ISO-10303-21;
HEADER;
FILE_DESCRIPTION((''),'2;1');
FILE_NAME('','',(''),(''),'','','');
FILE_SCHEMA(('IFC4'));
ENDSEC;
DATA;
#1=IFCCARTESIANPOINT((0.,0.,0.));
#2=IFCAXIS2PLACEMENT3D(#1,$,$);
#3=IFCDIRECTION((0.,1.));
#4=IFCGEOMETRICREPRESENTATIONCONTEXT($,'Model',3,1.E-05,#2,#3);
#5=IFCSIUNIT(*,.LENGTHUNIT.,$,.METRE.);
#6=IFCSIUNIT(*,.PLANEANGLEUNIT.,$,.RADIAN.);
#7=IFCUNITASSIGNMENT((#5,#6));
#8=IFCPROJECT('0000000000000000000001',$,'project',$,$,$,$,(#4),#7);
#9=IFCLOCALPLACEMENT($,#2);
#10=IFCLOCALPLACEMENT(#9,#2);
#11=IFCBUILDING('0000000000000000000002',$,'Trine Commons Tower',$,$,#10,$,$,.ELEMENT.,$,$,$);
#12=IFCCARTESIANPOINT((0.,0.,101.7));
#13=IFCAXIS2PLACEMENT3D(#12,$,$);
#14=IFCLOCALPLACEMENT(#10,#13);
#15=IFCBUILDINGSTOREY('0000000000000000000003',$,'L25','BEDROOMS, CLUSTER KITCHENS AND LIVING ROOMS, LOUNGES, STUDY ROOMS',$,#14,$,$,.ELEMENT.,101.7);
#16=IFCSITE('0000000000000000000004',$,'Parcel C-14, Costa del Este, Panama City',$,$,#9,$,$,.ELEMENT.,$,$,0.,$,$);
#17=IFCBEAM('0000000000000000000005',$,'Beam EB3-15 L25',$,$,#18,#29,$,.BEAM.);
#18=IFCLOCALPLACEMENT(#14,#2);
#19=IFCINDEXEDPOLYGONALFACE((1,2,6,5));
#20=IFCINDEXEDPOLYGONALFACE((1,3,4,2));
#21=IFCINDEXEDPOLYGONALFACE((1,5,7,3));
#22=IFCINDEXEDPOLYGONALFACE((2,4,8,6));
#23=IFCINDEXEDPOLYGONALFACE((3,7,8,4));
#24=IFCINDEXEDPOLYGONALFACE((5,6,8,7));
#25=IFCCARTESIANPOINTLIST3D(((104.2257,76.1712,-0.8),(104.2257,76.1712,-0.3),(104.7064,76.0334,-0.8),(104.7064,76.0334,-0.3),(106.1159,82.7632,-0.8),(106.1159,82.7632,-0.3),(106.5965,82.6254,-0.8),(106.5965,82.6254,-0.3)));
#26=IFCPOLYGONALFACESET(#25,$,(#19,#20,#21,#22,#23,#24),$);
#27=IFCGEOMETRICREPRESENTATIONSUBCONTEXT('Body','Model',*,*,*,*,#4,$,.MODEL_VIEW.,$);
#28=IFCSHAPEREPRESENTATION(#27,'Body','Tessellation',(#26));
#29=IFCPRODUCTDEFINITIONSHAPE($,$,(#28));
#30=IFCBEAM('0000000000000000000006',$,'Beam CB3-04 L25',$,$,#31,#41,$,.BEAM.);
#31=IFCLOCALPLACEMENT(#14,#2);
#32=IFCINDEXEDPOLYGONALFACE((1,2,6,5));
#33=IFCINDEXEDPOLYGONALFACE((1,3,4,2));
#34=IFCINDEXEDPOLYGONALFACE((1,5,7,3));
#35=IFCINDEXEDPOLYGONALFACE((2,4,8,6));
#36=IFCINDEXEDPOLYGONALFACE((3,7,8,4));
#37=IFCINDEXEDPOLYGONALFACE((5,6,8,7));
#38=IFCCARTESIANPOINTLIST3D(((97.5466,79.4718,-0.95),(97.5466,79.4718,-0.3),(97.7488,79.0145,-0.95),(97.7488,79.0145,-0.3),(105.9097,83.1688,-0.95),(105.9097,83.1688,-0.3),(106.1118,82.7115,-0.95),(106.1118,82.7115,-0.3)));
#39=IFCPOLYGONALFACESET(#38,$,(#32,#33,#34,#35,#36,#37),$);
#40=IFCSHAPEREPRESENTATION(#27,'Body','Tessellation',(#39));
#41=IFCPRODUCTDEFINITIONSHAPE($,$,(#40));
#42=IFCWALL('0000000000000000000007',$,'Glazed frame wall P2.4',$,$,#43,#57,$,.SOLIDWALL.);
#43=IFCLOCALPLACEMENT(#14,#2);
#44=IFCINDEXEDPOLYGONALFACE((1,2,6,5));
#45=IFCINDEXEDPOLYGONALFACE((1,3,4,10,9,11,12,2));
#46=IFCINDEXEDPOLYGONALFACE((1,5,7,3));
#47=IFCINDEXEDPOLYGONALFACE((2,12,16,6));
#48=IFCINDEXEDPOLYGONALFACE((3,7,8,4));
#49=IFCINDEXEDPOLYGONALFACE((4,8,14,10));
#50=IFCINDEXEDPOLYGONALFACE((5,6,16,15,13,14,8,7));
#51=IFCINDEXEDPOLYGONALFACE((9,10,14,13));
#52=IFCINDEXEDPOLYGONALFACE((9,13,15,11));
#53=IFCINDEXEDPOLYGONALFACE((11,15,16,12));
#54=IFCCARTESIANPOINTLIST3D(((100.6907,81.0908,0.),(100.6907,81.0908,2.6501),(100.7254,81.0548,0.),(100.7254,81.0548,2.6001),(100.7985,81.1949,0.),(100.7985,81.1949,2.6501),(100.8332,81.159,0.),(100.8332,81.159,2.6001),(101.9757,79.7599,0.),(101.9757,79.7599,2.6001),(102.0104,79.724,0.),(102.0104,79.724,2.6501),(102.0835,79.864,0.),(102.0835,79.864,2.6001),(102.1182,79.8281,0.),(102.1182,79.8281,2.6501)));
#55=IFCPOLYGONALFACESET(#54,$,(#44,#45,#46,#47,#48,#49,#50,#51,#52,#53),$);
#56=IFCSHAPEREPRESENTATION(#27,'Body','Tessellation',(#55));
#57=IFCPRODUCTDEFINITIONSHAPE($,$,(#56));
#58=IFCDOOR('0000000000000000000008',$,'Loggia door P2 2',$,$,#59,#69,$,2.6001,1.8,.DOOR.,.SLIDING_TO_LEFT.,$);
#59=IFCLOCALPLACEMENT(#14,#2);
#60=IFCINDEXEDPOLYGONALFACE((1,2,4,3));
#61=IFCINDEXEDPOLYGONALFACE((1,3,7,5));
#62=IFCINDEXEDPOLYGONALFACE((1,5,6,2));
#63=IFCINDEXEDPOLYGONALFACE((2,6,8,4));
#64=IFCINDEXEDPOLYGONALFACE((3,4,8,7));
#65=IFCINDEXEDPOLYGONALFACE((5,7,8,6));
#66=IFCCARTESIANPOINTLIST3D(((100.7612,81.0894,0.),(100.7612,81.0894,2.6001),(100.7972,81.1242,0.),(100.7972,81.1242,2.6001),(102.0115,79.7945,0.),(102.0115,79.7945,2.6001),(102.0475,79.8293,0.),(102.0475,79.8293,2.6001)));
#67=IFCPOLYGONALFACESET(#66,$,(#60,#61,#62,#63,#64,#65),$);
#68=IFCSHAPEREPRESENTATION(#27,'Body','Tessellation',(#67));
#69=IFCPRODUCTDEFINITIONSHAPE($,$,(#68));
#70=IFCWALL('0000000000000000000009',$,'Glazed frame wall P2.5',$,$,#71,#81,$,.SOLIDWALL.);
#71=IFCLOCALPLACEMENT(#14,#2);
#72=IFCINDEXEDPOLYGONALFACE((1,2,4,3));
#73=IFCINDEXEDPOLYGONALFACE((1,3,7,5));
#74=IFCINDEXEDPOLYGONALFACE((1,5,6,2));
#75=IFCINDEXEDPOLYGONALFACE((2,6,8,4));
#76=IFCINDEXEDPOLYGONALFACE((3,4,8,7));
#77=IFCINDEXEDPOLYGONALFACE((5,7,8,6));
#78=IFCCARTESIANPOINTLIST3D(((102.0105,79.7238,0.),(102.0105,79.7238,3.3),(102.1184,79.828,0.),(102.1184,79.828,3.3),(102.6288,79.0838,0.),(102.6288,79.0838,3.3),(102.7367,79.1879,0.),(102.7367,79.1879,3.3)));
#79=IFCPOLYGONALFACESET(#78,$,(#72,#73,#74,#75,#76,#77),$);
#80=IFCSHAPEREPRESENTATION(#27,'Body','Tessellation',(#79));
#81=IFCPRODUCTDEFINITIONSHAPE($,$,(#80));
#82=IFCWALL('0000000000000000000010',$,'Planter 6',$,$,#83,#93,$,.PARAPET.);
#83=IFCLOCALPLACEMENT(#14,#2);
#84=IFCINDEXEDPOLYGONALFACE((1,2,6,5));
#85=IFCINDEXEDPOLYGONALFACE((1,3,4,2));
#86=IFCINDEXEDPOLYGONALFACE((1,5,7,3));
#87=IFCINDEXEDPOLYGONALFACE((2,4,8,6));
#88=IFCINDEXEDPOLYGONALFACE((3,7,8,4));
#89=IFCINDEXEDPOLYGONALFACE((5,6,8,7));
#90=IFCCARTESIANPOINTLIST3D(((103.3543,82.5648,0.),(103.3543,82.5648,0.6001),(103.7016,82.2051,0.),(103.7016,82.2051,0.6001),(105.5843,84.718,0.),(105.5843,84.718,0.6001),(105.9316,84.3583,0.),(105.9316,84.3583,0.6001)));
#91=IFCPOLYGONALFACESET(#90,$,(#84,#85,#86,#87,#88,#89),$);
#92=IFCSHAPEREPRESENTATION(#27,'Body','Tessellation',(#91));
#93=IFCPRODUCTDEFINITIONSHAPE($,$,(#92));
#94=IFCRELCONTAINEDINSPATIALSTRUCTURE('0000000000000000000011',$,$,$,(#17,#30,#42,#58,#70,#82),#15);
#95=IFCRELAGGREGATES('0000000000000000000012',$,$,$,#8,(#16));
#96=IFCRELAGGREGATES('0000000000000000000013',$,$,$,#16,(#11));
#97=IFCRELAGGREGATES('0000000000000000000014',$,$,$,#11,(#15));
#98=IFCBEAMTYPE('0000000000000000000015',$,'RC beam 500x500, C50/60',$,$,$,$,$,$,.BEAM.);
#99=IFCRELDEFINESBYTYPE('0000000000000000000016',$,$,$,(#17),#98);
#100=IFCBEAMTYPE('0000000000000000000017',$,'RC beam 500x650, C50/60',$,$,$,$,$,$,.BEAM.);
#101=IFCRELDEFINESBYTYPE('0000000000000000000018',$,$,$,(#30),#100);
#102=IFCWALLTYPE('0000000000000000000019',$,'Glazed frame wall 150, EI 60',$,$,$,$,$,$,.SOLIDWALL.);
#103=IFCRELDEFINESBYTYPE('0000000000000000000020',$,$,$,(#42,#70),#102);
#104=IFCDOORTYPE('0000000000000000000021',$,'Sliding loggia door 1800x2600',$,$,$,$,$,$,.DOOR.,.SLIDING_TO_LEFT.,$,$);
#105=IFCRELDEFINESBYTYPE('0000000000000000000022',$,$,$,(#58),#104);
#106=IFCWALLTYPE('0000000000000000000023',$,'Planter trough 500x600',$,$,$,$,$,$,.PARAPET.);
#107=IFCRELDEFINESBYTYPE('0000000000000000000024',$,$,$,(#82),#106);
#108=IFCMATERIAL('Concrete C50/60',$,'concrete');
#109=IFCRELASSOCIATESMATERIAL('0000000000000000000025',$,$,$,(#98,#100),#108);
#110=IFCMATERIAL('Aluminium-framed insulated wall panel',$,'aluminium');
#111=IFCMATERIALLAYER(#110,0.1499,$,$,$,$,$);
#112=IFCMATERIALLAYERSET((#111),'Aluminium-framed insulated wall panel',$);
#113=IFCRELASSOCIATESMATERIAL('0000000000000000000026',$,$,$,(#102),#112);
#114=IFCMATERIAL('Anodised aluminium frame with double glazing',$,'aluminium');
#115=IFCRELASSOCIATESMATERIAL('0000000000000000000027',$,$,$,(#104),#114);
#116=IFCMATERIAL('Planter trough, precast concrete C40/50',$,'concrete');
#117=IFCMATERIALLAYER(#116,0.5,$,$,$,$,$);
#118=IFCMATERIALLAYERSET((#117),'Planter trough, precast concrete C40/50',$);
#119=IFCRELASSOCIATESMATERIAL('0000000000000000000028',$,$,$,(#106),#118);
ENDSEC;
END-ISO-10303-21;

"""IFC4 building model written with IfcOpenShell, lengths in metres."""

from ifc_helpers import new_model, si_unit, direction, frame, frame_2d, origin, origin_2d, place, context, subcontext, project, spatial, polyline, rectangle, outline, extrude, material, layer, layer_set, material_profile, profile_set, type_object, element, fill, save


model = new_model("IFC4")

# Units and contexts
model_context = context("Model", 3, precision=1e-05, world=origin(), true_north=direction((0.0, 1.0)))
body_context = subcontext(model_context, "Body", "Model", "MODEL_VIEW")
ifc_project = project(units=[si_unit("LENGTHUNIT", "METRE"), si_unit("PLANEANGLEUNIT", "RADIAN")], contexts=[model_context])

# Site, building, storey
site_placement = place(None, origin())
site = spatial("IfcSite", under=ifc_project, at=site_placement, Name="Parcel C-14, Costa del Este, Panama City", CompositionType="ELEMENT", RefElevation=0.0)
building_placement = place(site_placement, origin())
building = spatial("IfcBuilding", under=site, at=building_placement, Name="Trine Commons Tower", CompositionType="ELEMENT")
storey_placement = place(building_placement, frame((0.0, 0.0, 101.7)))
storey = spatial("IfcBuildingStorey", under=building, at=storey_placement, Name="L25", Description="BEDROOMS, CLUSTER KITCHENS AND LIVING ROOMS, LOUNGES, STUDY ROOMS", CompositionType="ELEMENT", Elevation=101.7)

# Beams
ifc_material_1 = material(Name="Concrete C50/60", Category="concrete")
ifc_material_profile_1 = material_profile(ifc_material_1, rectangle(XDim=0.5, YDim=0.5, at=origin_2d()), Name="RC 500x500")
ifc_profile_set_1 = profile_set([ifc_material_profile_1], Name="Concrete C50/60")
beam_type_1 = type_object("IfcBeamType", Name="RC beam 500x500, C50/60", PredefinedType="BEAM", material=ifc_profile_set_1)
beam_1_placement = place(storey_placement, frame((106.3562, 82.6943, -0.55), z_axis=(-0.275624, -0.961266, 0.0), x_axis=(0.961266, -0.275624, 0.0)))
element("IfcBeam", 1, at=beam_1_placement, inside=storey, type_object=beam_type_1, Name="Beam EB3-15 L25", PredefinedType="BEAM", context=body_context, shape_type="SweptSolid", body=[
    extrude(rectangle(XDim=0.5, YDim=0.5, at=origin_2d()), origin(), (0.0, 0.0, 1.0), 6.8577),
])
ifc_material_profile_2 = material_profile(ifc_material_1, rectangle(XDim=0.5, YDim=0.6499, at=origin_2d()), Name="RC 500x650")
ifc_profile_set_2 = profile_set([ifc_material_profile_2], Name="Concrete C50/60")
beam_type_2 = type_object("IfcBeamType", Name="RC beam 500x650, C50/60", PredefinedType="BEAM", material=ifc_profile_set_2)
beam_2_placement = place(storey_placement, frame((106.0107, 82.9402, -0.625), z_axis=(-0.914617, -0.404322, 0.0), x_axis=(0.404322, -0.914617, 0.0)))
element("IfcBeam", 2, at=beam_2_placement, inside=storey, type_object=beam_type_2, Name="Beam CB3-04 L25", PredefinedType="BEAM", context=body_context, shape_type="SweptSolid", body=[
    extrude(rectangle(XDim=0.5, YDim=0.6499, at=origin_2d()), origin(), (0.0, 0.0, 1.0), 9.1438),
])

# Wall, opening, door
ifc_material_2 = material(Name="Aluminium-framed insulated wall panel", Category="aluminium")
ifc_layer_1 = layer(ifc_material_2, 0.1499)
ifc_layer_set_1 = layer_set([ifc_layer_1], Name="Aluminium-framed insulated wall panel")
wall_type_1 = type_object("IfcWallType", Name="Glazed frame wall 150, EI 60", PredefinedType="SOLIDWALL", material=ifc_layer_set_1)
wall_1_placement = place(storey_placement, frame((100.7446, 81.1428, 0.0), z_axis=(0.0, 0.0, 1.0), x_axis=(0.694599, -0.719397, 0.0)))
wall_1 = element("IfcWall", 3, at=wall_1_placement, inside=storey, type_object=wall_type_1, Name="Glazed frame wall P2.4", PredefinedType="SOLIDWALL", context=body_context, shape_type="SweptSolid", body=[
    extrude(outline(polyline([(0.0, -0.075), (1.8999, -0.075), (1.8999, 0.075), (0.0, 0.075), (0.0, -0.075)])), origin(), (0.0, 0.0, 1.0), 2.6501),
])
opening_1_placement = place(wall_1_placement, frame((0.05, 0.0, 0.0)))
opening_1 = element("IfcOpeningElement", 4, at=opening_1_placement, cuts=wall_1, PredefinedType="OPENING", context=body_context, shape_type="SweptSolid", body=[
    extrude(rectangle(XDim=1.8, YDim=2.6001, at=frame_2d((0.8999, 1.3))), frame((0.0, 0.085, 0.0), z_axis=(0.0, -1.0, 0.0), x_axis=(1.0, 0.0, 0.0)), (0.0, 0.0, 1.0), 0.1699),
])
ifc_material_3 = material(Name="Anodised aluminium frame with double glazing", Category="aluminium")
door_type = type_object("IfcDoorType", Name="Sliding loggia door 1800x2600", OperationType="SLIDING_TO_LEFT", PredefinedType="DOOR", material=ifc_material_3)
door_1_placement = place(opening_1_placement, origin())
door_1 = element("IfcDoor", 5, at=door_1_placement, inside=storey, type_object=door_type, Name="Loggia door P2 2", OperationType="SLIDING_TO_LEFT", OverallHeight=2.6001, OverallWidth=1.8, PredefinedType="DOOR", context=body_context, shape_type="SweptSolid", body=[
    extrude(rectangle(XDim=1.8, YDim=2.6001, at=frame_2d((0.8999, 1.3))), frame((0.0, 0.0249, 0.0), z_axis=(0.0, -1.0, 0.0), x_axis=(1.0, 0.0, 0.0)), (0.0, 0.0, 1.0), 0.05),
])
fill(opening_1, door_1)

# Wall
wall_2_placement = place(storey_placement, frame((102.0645, 79.7759, 0.0), z_axis=(0.0, 0.0, 1.0), x_axis=(0.694795, -0.719208, 0.0)))
element("IfcWall", 6, at=wall_2_placement, inside=storey, type_object=wall_type_1, Name="Glazed frame wall P2.5", PredefinedType="SOLIDWALL", context=body_context, shape_type="SweptSolid", body=[
    extrude(outline(polyline([(0.8899, 0.075), (0.0, 0.075), (0.0, -0.075), (0.8899, -0.075), (0.8899, 0.075)])), origin(), (0.0, 0.0, 1.0), 3.3),
])

# Wall
ifc_material_4 = material(Name="Planter trough, precast concrete C40/50", Category="concrete")
ifc_layer_2 = layer(ifc_material_4, 0.5)
ifc_layer_set_2 = layer_set([ifc_layer_2], Name="Planter trough, precast concrete C40/50")
wall_type_2 = type_object("IfcWallType", Name="Planter trough 500x600", PredefinedType="PARAPET", material=ifc_layer_set_2)
wall_3_placement = place(storey_placement, frame((103.5281, 82.385, 0.0), z_axis=(0.0, 0.0, 1.0), x_axis=(0.719363, 0.694634, 0.0)))
element("IfcWall", 7, at=wall_3_placement, inside=storey, type_object=wall_type_2, Name="Planter 6", PredefinedType="PARAPET", context=body_context, shape_type="SweptSolid", body=[
    extrude(rectangle(XDim=3.0999, YDim=0.5, at=frame_2d((1.5498, 0.0))), origin(), (0.0, 0.0, 1.0), 0.6001),
])

save(model, "model.ifc")
